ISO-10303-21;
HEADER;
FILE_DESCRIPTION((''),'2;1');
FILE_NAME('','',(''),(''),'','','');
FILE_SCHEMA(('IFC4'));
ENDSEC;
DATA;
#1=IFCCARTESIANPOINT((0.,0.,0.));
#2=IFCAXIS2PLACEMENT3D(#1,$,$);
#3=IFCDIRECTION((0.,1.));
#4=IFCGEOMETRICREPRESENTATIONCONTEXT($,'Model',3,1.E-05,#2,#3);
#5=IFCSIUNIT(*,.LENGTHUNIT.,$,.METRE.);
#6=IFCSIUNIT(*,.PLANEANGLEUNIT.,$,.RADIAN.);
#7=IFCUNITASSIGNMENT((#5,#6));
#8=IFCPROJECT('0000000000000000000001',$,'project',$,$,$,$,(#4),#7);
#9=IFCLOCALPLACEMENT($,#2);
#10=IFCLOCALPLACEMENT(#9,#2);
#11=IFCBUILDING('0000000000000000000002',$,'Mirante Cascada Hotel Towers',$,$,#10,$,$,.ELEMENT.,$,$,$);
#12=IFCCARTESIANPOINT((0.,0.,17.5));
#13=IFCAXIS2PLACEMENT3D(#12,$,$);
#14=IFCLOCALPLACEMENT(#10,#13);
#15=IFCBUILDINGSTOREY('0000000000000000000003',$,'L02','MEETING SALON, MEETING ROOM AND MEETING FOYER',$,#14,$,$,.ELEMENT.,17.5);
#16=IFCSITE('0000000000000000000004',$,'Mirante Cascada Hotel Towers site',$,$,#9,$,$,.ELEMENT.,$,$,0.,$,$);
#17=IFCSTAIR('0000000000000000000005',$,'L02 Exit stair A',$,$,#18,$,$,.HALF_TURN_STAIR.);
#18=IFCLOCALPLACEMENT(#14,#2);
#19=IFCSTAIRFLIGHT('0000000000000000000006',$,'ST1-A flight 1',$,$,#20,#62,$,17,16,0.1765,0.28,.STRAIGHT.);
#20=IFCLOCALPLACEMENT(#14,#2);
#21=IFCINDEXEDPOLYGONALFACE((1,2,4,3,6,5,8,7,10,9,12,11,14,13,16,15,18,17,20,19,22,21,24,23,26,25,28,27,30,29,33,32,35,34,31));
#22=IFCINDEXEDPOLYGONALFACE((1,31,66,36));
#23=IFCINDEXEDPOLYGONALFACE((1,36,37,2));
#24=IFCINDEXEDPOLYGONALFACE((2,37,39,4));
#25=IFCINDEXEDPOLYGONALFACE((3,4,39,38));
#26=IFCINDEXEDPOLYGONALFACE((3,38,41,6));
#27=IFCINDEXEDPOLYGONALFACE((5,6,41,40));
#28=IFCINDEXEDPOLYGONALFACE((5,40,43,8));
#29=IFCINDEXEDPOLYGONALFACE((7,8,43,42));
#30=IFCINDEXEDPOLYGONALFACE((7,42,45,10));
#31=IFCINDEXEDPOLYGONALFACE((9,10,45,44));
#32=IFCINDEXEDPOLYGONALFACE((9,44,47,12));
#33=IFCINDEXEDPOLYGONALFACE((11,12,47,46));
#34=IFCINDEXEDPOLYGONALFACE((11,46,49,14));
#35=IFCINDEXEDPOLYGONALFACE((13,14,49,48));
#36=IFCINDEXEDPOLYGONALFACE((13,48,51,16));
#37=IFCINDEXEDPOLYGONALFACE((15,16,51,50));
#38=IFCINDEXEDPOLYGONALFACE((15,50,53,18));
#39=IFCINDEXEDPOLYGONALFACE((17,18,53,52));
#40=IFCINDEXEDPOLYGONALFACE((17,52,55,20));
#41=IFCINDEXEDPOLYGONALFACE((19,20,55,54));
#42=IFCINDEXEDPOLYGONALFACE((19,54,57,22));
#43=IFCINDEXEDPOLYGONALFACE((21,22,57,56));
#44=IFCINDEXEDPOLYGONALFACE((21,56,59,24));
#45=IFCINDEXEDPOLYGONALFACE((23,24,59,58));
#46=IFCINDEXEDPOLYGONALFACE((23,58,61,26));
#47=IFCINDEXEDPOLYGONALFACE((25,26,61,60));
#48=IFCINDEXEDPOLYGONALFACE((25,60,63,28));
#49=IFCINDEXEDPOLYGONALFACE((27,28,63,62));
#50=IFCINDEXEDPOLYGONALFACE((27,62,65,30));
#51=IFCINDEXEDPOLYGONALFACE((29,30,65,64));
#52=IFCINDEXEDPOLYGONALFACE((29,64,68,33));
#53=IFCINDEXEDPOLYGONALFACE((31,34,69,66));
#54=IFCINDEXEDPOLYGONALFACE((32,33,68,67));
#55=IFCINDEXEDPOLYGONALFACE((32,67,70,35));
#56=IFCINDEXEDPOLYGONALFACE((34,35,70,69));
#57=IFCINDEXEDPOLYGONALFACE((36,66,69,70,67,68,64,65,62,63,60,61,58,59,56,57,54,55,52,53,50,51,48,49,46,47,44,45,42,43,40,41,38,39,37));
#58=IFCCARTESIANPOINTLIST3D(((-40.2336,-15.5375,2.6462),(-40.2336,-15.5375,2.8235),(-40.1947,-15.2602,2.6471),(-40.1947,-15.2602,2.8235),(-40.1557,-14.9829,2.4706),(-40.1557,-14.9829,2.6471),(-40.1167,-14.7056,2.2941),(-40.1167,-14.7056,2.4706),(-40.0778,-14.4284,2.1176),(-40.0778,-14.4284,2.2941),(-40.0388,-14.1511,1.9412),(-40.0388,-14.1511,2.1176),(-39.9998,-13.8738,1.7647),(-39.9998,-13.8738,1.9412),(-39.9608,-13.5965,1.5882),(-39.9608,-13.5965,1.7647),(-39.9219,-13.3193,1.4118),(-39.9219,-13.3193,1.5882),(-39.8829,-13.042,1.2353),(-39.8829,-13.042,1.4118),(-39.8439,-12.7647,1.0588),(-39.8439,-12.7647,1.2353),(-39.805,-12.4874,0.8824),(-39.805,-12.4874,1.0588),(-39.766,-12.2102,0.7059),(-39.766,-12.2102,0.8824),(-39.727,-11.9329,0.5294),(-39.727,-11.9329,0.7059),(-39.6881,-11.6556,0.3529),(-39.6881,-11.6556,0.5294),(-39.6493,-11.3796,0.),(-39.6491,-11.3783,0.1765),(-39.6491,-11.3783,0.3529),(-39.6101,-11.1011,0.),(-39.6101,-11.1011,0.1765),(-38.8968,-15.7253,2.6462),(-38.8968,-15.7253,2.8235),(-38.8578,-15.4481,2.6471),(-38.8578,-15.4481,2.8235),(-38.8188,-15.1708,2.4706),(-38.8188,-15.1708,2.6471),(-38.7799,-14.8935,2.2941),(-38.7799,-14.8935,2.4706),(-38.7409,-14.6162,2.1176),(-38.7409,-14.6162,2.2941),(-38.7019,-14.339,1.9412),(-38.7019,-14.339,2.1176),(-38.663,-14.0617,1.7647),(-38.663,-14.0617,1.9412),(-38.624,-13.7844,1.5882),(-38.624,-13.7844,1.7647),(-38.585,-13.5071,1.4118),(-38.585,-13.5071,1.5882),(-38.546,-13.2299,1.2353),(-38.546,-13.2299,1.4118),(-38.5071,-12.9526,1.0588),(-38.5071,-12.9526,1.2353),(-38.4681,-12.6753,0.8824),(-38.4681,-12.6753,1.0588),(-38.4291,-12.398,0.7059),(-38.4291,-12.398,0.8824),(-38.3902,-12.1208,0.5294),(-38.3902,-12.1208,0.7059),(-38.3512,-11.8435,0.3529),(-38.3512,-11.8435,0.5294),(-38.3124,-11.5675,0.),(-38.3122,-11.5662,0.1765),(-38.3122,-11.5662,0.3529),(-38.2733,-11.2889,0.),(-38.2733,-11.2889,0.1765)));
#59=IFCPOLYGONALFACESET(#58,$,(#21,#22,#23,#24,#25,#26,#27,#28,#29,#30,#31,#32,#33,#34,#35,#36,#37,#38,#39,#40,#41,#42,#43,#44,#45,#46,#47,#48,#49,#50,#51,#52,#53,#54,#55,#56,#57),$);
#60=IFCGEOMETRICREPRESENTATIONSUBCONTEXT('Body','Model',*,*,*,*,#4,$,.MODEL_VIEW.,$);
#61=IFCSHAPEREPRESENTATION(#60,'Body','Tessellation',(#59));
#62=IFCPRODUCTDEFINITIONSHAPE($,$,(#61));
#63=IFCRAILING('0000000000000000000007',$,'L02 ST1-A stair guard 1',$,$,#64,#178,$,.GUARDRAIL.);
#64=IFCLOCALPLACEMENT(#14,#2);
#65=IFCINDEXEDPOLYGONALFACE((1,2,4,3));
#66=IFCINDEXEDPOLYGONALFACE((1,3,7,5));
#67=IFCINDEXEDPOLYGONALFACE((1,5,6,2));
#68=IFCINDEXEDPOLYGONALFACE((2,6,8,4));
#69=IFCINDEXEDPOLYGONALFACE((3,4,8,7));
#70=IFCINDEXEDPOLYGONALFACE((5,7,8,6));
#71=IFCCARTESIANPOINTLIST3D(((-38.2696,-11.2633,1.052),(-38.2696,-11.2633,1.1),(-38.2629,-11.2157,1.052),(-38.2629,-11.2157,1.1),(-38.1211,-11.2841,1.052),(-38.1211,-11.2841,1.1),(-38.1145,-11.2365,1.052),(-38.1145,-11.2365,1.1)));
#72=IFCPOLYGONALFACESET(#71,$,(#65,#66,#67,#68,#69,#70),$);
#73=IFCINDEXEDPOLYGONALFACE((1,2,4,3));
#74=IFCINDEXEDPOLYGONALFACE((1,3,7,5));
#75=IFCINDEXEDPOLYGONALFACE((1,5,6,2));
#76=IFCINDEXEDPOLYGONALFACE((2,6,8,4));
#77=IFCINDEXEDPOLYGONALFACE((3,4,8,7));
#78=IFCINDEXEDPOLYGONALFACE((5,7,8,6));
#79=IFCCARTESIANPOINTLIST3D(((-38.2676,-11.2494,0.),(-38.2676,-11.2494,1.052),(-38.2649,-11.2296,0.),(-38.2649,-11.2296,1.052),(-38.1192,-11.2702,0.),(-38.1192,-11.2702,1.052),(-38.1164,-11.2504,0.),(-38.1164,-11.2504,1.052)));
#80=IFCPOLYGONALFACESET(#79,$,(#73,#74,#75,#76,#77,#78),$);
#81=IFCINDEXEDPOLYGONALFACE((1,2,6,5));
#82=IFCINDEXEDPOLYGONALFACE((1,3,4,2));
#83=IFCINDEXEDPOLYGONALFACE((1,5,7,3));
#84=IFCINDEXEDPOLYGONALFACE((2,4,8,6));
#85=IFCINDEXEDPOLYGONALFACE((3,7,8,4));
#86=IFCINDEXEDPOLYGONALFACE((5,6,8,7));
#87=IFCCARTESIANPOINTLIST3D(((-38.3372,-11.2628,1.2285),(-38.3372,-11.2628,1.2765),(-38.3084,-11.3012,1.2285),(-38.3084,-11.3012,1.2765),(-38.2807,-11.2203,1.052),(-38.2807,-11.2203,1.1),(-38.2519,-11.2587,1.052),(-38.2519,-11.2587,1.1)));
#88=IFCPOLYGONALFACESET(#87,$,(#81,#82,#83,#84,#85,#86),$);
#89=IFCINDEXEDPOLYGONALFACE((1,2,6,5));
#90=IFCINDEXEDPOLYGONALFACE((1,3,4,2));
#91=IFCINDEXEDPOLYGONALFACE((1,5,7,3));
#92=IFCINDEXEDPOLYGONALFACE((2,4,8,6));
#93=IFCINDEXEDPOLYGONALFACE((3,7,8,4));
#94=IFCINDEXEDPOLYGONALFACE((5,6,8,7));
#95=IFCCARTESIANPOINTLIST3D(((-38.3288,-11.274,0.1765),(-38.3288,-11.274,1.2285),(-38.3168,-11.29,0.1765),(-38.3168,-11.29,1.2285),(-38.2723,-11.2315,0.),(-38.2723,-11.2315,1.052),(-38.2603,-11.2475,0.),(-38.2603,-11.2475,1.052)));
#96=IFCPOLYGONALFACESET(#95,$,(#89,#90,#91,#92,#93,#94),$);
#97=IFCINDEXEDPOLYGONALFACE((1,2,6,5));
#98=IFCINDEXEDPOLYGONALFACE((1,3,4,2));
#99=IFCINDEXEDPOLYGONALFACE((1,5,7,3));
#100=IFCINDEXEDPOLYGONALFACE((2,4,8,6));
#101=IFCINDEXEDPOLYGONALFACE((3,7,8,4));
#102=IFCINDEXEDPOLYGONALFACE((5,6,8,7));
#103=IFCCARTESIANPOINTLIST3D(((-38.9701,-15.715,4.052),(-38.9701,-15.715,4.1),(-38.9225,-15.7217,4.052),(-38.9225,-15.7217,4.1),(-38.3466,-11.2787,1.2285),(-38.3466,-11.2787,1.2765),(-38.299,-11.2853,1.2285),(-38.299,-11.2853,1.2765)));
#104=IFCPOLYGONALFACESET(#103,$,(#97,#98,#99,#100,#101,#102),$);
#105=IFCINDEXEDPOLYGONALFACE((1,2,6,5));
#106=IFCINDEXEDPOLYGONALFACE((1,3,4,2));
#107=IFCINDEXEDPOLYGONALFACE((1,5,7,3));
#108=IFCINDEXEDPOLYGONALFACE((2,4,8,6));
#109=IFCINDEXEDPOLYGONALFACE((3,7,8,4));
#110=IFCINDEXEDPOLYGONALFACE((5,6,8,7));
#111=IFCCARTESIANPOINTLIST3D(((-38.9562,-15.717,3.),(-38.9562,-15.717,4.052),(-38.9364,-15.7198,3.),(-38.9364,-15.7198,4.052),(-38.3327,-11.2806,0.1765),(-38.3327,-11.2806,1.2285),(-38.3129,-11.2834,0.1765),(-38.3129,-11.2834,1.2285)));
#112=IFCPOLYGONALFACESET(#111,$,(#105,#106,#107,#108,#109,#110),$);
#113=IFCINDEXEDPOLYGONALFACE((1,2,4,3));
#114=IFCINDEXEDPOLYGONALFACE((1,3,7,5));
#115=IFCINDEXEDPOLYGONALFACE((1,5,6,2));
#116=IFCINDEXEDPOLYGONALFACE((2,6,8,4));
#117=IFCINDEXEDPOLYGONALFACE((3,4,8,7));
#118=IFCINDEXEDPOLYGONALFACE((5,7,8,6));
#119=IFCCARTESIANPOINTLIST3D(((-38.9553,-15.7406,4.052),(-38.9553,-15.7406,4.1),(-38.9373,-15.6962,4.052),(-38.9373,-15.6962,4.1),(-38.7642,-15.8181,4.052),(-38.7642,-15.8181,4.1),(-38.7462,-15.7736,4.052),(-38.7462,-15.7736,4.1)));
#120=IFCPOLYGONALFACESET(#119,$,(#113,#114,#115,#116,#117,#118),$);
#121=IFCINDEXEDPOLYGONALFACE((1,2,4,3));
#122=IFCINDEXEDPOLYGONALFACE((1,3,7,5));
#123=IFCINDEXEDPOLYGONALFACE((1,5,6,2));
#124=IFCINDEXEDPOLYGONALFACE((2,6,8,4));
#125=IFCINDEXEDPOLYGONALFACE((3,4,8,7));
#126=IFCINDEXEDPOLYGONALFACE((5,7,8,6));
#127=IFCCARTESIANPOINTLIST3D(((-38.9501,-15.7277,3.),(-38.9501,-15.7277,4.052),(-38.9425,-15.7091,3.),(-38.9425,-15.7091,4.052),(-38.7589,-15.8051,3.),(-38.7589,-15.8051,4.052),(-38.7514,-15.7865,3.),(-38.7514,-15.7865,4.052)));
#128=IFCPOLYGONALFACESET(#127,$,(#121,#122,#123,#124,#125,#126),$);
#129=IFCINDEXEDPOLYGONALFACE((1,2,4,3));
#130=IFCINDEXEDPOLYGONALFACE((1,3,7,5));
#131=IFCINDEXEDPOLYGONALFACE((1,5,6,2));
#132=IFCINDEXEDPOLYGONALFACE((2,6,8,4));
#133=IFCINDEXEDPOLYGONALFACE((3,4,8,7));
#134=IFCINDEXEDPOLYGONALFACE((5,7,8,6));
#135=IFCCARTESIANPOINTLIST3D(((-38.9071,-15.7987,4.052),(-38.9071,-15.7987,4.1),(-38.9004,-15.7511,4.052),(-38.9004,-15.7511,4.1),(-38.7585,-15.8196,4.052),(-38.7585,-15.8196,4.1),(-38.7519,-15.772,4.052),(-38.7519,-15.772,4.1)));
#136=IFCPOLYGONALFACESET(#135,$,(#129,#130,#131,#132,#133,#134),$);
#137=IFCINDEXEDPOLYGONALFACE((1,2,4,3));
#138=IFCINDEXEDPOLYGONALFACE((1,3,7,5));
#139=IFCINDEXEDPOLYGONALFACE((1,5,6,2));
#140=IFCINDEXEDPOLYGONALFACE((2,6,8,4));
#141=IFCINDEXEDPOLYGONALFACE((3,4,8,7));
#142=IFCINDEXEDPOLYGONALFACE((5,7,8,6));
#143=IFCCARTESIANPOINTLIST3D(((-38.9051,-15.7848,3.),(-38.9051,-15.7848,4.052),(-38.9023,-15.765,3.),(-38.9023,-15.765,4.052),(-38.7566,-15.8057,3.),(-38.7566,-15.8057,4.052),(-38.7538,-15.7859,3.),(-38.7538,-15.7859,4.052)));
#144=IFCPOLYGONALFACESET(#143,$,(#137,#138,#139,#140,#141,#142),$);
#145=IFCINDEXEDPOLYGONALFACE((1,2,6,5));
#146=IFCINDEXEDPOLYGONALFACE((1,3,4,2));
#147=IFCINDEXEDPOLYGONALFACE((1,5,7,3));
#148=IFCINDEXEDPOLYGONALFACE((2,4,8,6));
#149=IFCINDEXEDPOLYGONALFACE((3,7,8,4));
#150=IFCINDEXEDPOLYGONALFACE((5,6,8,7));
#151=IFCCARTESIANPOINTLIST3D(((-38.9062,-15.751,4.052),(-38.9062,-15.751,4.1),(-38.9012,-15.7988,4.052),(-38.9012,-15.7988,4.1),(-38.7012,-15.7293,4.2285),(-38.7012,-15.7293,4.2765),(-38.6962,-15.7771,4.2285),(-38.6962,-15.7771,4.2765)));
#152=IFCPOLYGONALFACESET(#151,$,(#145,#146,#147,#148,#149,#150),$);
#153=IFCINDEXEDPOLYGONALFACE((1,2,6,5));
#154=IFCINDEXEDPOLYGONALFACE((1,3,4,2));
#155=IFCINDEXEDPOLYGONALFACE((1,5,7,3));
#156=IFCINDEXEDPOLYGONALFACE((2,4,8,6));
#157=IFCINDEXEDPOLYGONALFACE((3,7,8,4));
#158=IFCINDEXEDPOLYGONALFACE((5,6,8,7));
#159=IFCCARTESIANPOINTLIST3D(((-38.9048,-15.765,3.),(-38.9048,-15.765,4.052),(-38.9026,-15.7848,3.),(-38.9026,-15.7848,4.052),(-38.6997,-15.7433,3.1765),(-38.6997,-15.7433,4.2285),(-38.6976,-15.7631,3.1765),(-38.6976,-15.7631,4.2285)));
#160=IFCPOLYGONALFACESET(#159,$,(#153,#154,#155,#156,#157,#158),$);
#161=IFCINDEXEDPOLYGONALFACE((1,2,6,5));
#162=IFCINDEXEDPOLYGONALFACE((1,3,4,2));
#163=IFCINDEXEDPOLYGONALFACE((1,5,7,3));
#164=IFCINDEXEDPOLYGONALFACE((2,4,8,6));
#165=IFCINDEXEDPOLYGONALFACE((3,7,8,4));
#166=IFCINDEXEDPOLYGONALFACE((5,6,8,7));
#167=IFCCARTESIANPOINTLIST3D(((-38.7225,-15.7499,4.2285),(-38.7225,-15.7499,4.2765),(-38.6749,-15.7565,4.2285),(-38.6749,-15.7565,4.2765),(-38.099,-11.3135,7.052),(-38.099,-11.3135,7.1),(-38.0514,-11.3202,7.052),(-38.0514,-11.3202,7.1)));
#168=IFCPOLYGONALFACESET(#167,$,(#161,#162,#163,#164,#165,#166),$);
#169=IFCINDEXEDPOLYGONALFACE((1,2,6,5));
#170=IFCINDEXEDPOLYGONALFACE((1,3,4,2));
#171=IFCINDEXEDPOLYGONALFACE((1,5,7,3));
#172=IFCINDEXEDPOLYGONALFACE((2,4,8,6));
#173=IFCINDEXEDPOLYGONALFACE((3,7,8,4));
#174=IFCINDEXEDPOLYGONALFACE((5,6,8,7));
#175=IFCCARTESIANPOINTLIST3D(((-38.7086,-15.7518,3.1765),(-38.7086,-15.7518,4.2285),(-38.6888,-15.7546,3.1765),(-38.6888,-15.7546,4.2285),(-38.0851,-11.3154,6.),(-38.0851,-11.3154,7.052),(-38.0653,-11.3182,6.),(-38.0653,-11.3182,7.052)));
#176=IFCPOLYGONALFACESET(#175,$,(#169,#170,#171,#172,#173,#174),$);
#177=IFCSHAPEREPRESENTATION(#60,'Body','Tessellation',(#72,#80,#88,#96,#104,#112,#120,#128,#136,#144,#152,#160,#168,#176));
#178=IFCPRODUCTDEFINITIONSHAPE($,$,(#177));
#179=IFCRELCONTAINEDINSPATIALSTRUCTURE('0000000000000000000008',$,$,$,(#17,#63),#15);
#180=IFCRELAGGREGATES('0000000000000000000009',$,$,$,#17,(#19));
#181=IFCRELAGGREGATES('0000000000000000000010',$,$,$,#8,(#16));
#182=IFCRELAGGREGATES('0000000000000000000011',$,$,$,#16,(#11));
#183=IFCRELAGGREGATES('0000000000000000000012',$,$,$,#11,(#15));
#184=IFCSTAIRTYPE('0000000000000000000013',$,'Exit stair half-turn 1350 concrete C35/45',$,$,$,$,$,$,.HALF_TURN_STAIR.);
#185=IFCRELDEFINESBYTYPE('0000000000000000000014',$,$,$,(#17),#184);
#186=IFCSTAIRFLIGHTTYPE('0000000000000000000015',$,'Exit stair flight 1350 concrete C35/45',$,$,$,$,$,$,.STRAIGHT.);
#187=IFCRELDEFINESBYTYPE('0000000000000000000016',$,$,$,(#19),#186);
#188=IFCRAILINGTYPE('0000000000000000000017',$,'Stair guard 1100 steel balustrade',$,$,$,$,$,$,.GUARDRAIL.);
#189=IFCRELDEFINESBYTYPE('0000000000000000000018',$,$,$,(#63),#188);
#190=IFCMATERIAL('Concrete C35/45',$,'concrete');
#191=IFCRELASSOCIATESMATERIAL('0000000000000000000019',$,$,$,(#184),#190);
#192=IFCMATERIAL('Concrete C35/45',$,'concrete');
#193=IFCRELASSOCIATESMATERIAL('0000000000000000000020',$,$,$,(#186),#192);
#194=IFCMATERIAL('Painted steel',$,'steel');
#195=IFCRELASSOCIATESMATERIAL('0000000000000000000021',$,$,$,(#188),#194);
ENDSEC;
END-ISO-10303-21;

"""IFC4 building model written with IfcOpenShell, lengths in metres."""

from ifc_helpers import new_model, si_unit, direction, frame, origin, origin_2d, place, context, subcontext, project, spatial, polyline, rectangle, outline, extrude, material, type_object, element, aggregate, save


model = new_model("IFC4")

# Units and contexts
model_context = context("Model", 3, precision=1e-05, world=origin(), true_north=direction((0.0, 1.0)))
body_context = subcontext(model_context, "Body", "Model", "MODEL_VIEW")
ifc_project = project(units=[si_unit("LENGTHUNIT", "METRE"), si_unit("PLANEANGLEUNIT", "RADIAN")], contexts=[model_context])

# Site, building, storey
site_placement = place(None, origin())
site = spatial("IfcSite", under=ifc_project, at=site_placement, Name="Mirante Cascada Hotel Towers site", CompositionType="ELEMENT", RefElevation=0.0)
building_placement = place(site_placement, origin())
building = spatial("IfcBuilding", under=site, at=building_placement, Name="Mirante Cascada Hotel Towers", CompositionType="ELEMENT")
storey_placement = place(building_placement, frame((0.0, 0.0, 17.5)))
storey = spatial("IfcBuildingStorey", under=building, at=storey_placement, Name="L02", Description="MEETING SALON, MEETING ROOM AND MEETING FOYER", CompositionType="ELEMENT", Elevation=17.5)

# Stair, stair flight
ifc_material_1 = material(Name="Concrete C35/45", Category="concrete")
stair_type = type_object("IfcStairType", Name="Exit stair half-turn 1350 concrete C35/45", PredefinedType="HALF_TURN_STAIR", material=ifc_material_1)
stair_placement = place(storey_placement, origin())
stair = element("IfcStair", 1, at=stair_placement, inside=storey, type_object=stair_type, Name="L02 Exit stair A", PredefinedType="HALF_TURN_STAIR")
ifc_material_2 = material(Name="Concrete C35/45", Category="concrete")
stair_flight_type = type_object("IfcStairFlightType", Name="Exit stair flight 1350 concrete C35/45", PredefinedType="STRAIGHT", material=ifc_material_2)
stair_flight_placement = place(storey_placement, frame((-38.9417, -11.195, 0.0), z_axis=(0.0, 0.0, 1.0), x_axis=(-0.139173, -0.990268, 0.0)))
stair_flight = element("IfcStairFlight", 2, at=stair_flight_placement, type_object=stair_flight_type, Name="ST1-A flight 1", NumberOfRisers=17, NumberOfTreads=16, PredefinedType="STRAIGHT", RiserHeight=0.1765, TreadLength=0.28, context=body_context, shape_type="SweptSolid", body=[
    extrude(outline(polyline([(0.0, 0.0), (0.0, 0.1765), (0.28, 0.1765), (0.28, 0.3529), (0.56, 0.3529), (0.56, 0.5294), (0.84, 0.5294), (0.84, 0.7059), (1.12, 0.7059), (1.12, 0.8824), (1.4, 0.8824), (1.4, 1.0588), (1.68, 1.0588), (1.68, 1.2353), (1.96, 1.2353), (1.96, 1.4118), (2.24, 1.4118), (2.24, 1.5882), (2.52, 1.5882), (2.52, 1.7647), (2.8, 1.7647), (2.8, 1.9412), (3.08, 1.9412), (3.08, 2.1176), (3.36, 2.1176), (3.36, 2.2941), (3.64, 2.2941), (3.64, 2.4706), (3.92, 2.4706), (3.92, 2.6471), (4.2, 2.6471), (4.2, 2.8235), (4.48, 2.8235), (4.48, 3.0), (4.48, 2.6462), (0.2813, 0.0), (0.0, 0.0)])), frame((0.0, 0.675, 0.0), z_axis=(0.0, -1.0, 0.0), x_axis=(1.0, 0.0, 0.0)), (0.0, 0.0, 1.0), 1.35),
])
aggregate(stair, [stair_flight])

# Railing
ifc_material_3 = material(Name="Painted steel", Category="steel")
railing_type_1 = type_object("IfcRailingType", Name="Stair guard 1100 steel balustrade", PredefinedType="GUARDRAIL", material=ifc_material_3)
railing_1_placement = place(storey_placement, frame((-38.1178, -11.2603, 0.0)))
element("IfcRailing", 3, at=railing_1_placement, inside=storey, type_object=railing_type_1, Name="L02 ST1-A stair guard 1", PredefinedType="GUARDRAIL", context=body_context, shape_type="SweptSolid", body=[
    extrude(rectangle(XDim=0.048, YDim=0.048, at=origin_2d()), frame((0.0, 0.0, 1.076), z_axis=(-0.990333, 0.138713, 0.0), x_axis=(-0.138713, -0.990333, 0.0)), (0.0, 0.0, 1.0), 0.1499),
    extrude(rectangle(XDim=0.02, YDim=1.052, at=origin_2d()), frame((0.0, 0.0, 0.526), z_axis=(-0.990333, 0.138713, 0.0), x_axis=(-0.138713, -0.990333, 0.0)), (0.0, 0.0, 1.0), 0.1499),
    extrude(rectangle(XDim=0.048, YDim=0.048, at=origin_2d()), frame((-0.1485, 0.0208, 1.076), z_axis=(-0.79915, -0.601131, 0.0), x_axis=(0.601131, -0.79915, 0.0)), (0.0, 0.928295, 0.371844), 0.1901),
    extrude(rectangle(XDim=0.02, YDim=1.052, at=origin_2d()), frame((-0.1485, 0.0208, 0.526), z_axis=(-0.79915, -0.601131, 0.0), x_axis=(0.601131, -0.79915, 0.0)), (0.0, 0.928295, 0.371844), 0.1901),
    extrude(rectangle(XDim=0.048, YDim=0.048, at=origin_2d()), frame((-0.205, -0.0217, 1.2525), z_axis=(-0.139174, -0.990268, 0.0), x_axis=(0.990268, -0.139174, 0.0)), (0.0, 0.533186, 0.845998), 5.2955),
    extrude(rectangle(XDim=0.02, YDim=1.052, at=origin_2d()), frame((-0.205, -0.0217, 0.7025), z_axis=(-0.139174, -0.990268, 0.0), x_axis=(0.990268, -0.139174, 0.0)), (0.0, 0.533186, 0.845998), 5.2955),
    extrude(rectangle(XDim=0.048, YDim=0.048, at=origin_2d()), frame((-0.8285, -4.4581, 4.076), z_axis=(0.926862, -0.375401, 0.0), x_axis=(0.375401, 0.926862, 0.0)), (0.0, 0.0, 1.0), 0.2062),
    extrude(rectangle(XDim=0.02, YDim=1.052, at=origin_2d()), frame((-0.8285, -4.4581, 3.526), z_axis=(0.926862, -0.375401, 0.0), x_axis=(0.375401, 0.926862, 0.0)), (0.0, 0.0, 1.0), 0.2062),
    extrude(rectangle(XDim=0.048, YDim=0.048, at=origin_2d()), frame((-0.6374, -4.5355, 4.076), z_axis=(-0.990241, 0.139367, 0.0), x_axis=(-0.139367, -0.990241, 0.0)), (0.0, 0.0, 1.0), 0.15),
    extrude(rectangle(XDim=0.02, YDim=1.052, at=origin_2d()), frame((-0.6374, -4.5355, 3.526), z_axis=(-0.990241, 0.139367, 0.0), x_axis=(-0.139367, -0.990241, 0.0)), (0.0, 0.0, 1.0), 0.15),
    extrude(rectangle(XDim=0.048, YDim=0.048, at=origin_2d()), frame((-0.7859, -4.5146, 4.076), z_axis=(0.994444, 0.105266, 0.0), x_axis=(-0.105266, 0.994444, 0.0)), (0.0, 0.650375, 0.759613), 0.2714),
    extrude(rectangle(XDim=0.02, YDim=1.052, at=origin_2d()), frame((-0.7859, -4.5146, 3.526), z_axis=(0.994444, 0.105266, 0.0), x_axis=(-0.105266, 0.994444, 0.0)), (0.0, 0.650375, 0.759613), 0.2714),
    extrude(rectangle(XDim=0.048, YDim=0.048, at=origin_2d()), frame((-0.5809, -4.4929, 4.2525), z_axis=(0.139174, 0.990268, 0.0), x_axis=(-0.990268, 0.139174, 0.0)), (0.0, 0.533186, 0.845998), 5.2955),
    extrude(rectangle(XDim=0.02, YDim=1.052, at=origin_2d()), frame((-0.5809, -4.4929, 3.7025), z_axis=(0.139174, 0.990268, 0.0), x_axis=(-0.990268, 0.139174, 0.0)), (0.0, 0.533186, 0.845998), 5.2955),
])

save(model, "model.ifc")
